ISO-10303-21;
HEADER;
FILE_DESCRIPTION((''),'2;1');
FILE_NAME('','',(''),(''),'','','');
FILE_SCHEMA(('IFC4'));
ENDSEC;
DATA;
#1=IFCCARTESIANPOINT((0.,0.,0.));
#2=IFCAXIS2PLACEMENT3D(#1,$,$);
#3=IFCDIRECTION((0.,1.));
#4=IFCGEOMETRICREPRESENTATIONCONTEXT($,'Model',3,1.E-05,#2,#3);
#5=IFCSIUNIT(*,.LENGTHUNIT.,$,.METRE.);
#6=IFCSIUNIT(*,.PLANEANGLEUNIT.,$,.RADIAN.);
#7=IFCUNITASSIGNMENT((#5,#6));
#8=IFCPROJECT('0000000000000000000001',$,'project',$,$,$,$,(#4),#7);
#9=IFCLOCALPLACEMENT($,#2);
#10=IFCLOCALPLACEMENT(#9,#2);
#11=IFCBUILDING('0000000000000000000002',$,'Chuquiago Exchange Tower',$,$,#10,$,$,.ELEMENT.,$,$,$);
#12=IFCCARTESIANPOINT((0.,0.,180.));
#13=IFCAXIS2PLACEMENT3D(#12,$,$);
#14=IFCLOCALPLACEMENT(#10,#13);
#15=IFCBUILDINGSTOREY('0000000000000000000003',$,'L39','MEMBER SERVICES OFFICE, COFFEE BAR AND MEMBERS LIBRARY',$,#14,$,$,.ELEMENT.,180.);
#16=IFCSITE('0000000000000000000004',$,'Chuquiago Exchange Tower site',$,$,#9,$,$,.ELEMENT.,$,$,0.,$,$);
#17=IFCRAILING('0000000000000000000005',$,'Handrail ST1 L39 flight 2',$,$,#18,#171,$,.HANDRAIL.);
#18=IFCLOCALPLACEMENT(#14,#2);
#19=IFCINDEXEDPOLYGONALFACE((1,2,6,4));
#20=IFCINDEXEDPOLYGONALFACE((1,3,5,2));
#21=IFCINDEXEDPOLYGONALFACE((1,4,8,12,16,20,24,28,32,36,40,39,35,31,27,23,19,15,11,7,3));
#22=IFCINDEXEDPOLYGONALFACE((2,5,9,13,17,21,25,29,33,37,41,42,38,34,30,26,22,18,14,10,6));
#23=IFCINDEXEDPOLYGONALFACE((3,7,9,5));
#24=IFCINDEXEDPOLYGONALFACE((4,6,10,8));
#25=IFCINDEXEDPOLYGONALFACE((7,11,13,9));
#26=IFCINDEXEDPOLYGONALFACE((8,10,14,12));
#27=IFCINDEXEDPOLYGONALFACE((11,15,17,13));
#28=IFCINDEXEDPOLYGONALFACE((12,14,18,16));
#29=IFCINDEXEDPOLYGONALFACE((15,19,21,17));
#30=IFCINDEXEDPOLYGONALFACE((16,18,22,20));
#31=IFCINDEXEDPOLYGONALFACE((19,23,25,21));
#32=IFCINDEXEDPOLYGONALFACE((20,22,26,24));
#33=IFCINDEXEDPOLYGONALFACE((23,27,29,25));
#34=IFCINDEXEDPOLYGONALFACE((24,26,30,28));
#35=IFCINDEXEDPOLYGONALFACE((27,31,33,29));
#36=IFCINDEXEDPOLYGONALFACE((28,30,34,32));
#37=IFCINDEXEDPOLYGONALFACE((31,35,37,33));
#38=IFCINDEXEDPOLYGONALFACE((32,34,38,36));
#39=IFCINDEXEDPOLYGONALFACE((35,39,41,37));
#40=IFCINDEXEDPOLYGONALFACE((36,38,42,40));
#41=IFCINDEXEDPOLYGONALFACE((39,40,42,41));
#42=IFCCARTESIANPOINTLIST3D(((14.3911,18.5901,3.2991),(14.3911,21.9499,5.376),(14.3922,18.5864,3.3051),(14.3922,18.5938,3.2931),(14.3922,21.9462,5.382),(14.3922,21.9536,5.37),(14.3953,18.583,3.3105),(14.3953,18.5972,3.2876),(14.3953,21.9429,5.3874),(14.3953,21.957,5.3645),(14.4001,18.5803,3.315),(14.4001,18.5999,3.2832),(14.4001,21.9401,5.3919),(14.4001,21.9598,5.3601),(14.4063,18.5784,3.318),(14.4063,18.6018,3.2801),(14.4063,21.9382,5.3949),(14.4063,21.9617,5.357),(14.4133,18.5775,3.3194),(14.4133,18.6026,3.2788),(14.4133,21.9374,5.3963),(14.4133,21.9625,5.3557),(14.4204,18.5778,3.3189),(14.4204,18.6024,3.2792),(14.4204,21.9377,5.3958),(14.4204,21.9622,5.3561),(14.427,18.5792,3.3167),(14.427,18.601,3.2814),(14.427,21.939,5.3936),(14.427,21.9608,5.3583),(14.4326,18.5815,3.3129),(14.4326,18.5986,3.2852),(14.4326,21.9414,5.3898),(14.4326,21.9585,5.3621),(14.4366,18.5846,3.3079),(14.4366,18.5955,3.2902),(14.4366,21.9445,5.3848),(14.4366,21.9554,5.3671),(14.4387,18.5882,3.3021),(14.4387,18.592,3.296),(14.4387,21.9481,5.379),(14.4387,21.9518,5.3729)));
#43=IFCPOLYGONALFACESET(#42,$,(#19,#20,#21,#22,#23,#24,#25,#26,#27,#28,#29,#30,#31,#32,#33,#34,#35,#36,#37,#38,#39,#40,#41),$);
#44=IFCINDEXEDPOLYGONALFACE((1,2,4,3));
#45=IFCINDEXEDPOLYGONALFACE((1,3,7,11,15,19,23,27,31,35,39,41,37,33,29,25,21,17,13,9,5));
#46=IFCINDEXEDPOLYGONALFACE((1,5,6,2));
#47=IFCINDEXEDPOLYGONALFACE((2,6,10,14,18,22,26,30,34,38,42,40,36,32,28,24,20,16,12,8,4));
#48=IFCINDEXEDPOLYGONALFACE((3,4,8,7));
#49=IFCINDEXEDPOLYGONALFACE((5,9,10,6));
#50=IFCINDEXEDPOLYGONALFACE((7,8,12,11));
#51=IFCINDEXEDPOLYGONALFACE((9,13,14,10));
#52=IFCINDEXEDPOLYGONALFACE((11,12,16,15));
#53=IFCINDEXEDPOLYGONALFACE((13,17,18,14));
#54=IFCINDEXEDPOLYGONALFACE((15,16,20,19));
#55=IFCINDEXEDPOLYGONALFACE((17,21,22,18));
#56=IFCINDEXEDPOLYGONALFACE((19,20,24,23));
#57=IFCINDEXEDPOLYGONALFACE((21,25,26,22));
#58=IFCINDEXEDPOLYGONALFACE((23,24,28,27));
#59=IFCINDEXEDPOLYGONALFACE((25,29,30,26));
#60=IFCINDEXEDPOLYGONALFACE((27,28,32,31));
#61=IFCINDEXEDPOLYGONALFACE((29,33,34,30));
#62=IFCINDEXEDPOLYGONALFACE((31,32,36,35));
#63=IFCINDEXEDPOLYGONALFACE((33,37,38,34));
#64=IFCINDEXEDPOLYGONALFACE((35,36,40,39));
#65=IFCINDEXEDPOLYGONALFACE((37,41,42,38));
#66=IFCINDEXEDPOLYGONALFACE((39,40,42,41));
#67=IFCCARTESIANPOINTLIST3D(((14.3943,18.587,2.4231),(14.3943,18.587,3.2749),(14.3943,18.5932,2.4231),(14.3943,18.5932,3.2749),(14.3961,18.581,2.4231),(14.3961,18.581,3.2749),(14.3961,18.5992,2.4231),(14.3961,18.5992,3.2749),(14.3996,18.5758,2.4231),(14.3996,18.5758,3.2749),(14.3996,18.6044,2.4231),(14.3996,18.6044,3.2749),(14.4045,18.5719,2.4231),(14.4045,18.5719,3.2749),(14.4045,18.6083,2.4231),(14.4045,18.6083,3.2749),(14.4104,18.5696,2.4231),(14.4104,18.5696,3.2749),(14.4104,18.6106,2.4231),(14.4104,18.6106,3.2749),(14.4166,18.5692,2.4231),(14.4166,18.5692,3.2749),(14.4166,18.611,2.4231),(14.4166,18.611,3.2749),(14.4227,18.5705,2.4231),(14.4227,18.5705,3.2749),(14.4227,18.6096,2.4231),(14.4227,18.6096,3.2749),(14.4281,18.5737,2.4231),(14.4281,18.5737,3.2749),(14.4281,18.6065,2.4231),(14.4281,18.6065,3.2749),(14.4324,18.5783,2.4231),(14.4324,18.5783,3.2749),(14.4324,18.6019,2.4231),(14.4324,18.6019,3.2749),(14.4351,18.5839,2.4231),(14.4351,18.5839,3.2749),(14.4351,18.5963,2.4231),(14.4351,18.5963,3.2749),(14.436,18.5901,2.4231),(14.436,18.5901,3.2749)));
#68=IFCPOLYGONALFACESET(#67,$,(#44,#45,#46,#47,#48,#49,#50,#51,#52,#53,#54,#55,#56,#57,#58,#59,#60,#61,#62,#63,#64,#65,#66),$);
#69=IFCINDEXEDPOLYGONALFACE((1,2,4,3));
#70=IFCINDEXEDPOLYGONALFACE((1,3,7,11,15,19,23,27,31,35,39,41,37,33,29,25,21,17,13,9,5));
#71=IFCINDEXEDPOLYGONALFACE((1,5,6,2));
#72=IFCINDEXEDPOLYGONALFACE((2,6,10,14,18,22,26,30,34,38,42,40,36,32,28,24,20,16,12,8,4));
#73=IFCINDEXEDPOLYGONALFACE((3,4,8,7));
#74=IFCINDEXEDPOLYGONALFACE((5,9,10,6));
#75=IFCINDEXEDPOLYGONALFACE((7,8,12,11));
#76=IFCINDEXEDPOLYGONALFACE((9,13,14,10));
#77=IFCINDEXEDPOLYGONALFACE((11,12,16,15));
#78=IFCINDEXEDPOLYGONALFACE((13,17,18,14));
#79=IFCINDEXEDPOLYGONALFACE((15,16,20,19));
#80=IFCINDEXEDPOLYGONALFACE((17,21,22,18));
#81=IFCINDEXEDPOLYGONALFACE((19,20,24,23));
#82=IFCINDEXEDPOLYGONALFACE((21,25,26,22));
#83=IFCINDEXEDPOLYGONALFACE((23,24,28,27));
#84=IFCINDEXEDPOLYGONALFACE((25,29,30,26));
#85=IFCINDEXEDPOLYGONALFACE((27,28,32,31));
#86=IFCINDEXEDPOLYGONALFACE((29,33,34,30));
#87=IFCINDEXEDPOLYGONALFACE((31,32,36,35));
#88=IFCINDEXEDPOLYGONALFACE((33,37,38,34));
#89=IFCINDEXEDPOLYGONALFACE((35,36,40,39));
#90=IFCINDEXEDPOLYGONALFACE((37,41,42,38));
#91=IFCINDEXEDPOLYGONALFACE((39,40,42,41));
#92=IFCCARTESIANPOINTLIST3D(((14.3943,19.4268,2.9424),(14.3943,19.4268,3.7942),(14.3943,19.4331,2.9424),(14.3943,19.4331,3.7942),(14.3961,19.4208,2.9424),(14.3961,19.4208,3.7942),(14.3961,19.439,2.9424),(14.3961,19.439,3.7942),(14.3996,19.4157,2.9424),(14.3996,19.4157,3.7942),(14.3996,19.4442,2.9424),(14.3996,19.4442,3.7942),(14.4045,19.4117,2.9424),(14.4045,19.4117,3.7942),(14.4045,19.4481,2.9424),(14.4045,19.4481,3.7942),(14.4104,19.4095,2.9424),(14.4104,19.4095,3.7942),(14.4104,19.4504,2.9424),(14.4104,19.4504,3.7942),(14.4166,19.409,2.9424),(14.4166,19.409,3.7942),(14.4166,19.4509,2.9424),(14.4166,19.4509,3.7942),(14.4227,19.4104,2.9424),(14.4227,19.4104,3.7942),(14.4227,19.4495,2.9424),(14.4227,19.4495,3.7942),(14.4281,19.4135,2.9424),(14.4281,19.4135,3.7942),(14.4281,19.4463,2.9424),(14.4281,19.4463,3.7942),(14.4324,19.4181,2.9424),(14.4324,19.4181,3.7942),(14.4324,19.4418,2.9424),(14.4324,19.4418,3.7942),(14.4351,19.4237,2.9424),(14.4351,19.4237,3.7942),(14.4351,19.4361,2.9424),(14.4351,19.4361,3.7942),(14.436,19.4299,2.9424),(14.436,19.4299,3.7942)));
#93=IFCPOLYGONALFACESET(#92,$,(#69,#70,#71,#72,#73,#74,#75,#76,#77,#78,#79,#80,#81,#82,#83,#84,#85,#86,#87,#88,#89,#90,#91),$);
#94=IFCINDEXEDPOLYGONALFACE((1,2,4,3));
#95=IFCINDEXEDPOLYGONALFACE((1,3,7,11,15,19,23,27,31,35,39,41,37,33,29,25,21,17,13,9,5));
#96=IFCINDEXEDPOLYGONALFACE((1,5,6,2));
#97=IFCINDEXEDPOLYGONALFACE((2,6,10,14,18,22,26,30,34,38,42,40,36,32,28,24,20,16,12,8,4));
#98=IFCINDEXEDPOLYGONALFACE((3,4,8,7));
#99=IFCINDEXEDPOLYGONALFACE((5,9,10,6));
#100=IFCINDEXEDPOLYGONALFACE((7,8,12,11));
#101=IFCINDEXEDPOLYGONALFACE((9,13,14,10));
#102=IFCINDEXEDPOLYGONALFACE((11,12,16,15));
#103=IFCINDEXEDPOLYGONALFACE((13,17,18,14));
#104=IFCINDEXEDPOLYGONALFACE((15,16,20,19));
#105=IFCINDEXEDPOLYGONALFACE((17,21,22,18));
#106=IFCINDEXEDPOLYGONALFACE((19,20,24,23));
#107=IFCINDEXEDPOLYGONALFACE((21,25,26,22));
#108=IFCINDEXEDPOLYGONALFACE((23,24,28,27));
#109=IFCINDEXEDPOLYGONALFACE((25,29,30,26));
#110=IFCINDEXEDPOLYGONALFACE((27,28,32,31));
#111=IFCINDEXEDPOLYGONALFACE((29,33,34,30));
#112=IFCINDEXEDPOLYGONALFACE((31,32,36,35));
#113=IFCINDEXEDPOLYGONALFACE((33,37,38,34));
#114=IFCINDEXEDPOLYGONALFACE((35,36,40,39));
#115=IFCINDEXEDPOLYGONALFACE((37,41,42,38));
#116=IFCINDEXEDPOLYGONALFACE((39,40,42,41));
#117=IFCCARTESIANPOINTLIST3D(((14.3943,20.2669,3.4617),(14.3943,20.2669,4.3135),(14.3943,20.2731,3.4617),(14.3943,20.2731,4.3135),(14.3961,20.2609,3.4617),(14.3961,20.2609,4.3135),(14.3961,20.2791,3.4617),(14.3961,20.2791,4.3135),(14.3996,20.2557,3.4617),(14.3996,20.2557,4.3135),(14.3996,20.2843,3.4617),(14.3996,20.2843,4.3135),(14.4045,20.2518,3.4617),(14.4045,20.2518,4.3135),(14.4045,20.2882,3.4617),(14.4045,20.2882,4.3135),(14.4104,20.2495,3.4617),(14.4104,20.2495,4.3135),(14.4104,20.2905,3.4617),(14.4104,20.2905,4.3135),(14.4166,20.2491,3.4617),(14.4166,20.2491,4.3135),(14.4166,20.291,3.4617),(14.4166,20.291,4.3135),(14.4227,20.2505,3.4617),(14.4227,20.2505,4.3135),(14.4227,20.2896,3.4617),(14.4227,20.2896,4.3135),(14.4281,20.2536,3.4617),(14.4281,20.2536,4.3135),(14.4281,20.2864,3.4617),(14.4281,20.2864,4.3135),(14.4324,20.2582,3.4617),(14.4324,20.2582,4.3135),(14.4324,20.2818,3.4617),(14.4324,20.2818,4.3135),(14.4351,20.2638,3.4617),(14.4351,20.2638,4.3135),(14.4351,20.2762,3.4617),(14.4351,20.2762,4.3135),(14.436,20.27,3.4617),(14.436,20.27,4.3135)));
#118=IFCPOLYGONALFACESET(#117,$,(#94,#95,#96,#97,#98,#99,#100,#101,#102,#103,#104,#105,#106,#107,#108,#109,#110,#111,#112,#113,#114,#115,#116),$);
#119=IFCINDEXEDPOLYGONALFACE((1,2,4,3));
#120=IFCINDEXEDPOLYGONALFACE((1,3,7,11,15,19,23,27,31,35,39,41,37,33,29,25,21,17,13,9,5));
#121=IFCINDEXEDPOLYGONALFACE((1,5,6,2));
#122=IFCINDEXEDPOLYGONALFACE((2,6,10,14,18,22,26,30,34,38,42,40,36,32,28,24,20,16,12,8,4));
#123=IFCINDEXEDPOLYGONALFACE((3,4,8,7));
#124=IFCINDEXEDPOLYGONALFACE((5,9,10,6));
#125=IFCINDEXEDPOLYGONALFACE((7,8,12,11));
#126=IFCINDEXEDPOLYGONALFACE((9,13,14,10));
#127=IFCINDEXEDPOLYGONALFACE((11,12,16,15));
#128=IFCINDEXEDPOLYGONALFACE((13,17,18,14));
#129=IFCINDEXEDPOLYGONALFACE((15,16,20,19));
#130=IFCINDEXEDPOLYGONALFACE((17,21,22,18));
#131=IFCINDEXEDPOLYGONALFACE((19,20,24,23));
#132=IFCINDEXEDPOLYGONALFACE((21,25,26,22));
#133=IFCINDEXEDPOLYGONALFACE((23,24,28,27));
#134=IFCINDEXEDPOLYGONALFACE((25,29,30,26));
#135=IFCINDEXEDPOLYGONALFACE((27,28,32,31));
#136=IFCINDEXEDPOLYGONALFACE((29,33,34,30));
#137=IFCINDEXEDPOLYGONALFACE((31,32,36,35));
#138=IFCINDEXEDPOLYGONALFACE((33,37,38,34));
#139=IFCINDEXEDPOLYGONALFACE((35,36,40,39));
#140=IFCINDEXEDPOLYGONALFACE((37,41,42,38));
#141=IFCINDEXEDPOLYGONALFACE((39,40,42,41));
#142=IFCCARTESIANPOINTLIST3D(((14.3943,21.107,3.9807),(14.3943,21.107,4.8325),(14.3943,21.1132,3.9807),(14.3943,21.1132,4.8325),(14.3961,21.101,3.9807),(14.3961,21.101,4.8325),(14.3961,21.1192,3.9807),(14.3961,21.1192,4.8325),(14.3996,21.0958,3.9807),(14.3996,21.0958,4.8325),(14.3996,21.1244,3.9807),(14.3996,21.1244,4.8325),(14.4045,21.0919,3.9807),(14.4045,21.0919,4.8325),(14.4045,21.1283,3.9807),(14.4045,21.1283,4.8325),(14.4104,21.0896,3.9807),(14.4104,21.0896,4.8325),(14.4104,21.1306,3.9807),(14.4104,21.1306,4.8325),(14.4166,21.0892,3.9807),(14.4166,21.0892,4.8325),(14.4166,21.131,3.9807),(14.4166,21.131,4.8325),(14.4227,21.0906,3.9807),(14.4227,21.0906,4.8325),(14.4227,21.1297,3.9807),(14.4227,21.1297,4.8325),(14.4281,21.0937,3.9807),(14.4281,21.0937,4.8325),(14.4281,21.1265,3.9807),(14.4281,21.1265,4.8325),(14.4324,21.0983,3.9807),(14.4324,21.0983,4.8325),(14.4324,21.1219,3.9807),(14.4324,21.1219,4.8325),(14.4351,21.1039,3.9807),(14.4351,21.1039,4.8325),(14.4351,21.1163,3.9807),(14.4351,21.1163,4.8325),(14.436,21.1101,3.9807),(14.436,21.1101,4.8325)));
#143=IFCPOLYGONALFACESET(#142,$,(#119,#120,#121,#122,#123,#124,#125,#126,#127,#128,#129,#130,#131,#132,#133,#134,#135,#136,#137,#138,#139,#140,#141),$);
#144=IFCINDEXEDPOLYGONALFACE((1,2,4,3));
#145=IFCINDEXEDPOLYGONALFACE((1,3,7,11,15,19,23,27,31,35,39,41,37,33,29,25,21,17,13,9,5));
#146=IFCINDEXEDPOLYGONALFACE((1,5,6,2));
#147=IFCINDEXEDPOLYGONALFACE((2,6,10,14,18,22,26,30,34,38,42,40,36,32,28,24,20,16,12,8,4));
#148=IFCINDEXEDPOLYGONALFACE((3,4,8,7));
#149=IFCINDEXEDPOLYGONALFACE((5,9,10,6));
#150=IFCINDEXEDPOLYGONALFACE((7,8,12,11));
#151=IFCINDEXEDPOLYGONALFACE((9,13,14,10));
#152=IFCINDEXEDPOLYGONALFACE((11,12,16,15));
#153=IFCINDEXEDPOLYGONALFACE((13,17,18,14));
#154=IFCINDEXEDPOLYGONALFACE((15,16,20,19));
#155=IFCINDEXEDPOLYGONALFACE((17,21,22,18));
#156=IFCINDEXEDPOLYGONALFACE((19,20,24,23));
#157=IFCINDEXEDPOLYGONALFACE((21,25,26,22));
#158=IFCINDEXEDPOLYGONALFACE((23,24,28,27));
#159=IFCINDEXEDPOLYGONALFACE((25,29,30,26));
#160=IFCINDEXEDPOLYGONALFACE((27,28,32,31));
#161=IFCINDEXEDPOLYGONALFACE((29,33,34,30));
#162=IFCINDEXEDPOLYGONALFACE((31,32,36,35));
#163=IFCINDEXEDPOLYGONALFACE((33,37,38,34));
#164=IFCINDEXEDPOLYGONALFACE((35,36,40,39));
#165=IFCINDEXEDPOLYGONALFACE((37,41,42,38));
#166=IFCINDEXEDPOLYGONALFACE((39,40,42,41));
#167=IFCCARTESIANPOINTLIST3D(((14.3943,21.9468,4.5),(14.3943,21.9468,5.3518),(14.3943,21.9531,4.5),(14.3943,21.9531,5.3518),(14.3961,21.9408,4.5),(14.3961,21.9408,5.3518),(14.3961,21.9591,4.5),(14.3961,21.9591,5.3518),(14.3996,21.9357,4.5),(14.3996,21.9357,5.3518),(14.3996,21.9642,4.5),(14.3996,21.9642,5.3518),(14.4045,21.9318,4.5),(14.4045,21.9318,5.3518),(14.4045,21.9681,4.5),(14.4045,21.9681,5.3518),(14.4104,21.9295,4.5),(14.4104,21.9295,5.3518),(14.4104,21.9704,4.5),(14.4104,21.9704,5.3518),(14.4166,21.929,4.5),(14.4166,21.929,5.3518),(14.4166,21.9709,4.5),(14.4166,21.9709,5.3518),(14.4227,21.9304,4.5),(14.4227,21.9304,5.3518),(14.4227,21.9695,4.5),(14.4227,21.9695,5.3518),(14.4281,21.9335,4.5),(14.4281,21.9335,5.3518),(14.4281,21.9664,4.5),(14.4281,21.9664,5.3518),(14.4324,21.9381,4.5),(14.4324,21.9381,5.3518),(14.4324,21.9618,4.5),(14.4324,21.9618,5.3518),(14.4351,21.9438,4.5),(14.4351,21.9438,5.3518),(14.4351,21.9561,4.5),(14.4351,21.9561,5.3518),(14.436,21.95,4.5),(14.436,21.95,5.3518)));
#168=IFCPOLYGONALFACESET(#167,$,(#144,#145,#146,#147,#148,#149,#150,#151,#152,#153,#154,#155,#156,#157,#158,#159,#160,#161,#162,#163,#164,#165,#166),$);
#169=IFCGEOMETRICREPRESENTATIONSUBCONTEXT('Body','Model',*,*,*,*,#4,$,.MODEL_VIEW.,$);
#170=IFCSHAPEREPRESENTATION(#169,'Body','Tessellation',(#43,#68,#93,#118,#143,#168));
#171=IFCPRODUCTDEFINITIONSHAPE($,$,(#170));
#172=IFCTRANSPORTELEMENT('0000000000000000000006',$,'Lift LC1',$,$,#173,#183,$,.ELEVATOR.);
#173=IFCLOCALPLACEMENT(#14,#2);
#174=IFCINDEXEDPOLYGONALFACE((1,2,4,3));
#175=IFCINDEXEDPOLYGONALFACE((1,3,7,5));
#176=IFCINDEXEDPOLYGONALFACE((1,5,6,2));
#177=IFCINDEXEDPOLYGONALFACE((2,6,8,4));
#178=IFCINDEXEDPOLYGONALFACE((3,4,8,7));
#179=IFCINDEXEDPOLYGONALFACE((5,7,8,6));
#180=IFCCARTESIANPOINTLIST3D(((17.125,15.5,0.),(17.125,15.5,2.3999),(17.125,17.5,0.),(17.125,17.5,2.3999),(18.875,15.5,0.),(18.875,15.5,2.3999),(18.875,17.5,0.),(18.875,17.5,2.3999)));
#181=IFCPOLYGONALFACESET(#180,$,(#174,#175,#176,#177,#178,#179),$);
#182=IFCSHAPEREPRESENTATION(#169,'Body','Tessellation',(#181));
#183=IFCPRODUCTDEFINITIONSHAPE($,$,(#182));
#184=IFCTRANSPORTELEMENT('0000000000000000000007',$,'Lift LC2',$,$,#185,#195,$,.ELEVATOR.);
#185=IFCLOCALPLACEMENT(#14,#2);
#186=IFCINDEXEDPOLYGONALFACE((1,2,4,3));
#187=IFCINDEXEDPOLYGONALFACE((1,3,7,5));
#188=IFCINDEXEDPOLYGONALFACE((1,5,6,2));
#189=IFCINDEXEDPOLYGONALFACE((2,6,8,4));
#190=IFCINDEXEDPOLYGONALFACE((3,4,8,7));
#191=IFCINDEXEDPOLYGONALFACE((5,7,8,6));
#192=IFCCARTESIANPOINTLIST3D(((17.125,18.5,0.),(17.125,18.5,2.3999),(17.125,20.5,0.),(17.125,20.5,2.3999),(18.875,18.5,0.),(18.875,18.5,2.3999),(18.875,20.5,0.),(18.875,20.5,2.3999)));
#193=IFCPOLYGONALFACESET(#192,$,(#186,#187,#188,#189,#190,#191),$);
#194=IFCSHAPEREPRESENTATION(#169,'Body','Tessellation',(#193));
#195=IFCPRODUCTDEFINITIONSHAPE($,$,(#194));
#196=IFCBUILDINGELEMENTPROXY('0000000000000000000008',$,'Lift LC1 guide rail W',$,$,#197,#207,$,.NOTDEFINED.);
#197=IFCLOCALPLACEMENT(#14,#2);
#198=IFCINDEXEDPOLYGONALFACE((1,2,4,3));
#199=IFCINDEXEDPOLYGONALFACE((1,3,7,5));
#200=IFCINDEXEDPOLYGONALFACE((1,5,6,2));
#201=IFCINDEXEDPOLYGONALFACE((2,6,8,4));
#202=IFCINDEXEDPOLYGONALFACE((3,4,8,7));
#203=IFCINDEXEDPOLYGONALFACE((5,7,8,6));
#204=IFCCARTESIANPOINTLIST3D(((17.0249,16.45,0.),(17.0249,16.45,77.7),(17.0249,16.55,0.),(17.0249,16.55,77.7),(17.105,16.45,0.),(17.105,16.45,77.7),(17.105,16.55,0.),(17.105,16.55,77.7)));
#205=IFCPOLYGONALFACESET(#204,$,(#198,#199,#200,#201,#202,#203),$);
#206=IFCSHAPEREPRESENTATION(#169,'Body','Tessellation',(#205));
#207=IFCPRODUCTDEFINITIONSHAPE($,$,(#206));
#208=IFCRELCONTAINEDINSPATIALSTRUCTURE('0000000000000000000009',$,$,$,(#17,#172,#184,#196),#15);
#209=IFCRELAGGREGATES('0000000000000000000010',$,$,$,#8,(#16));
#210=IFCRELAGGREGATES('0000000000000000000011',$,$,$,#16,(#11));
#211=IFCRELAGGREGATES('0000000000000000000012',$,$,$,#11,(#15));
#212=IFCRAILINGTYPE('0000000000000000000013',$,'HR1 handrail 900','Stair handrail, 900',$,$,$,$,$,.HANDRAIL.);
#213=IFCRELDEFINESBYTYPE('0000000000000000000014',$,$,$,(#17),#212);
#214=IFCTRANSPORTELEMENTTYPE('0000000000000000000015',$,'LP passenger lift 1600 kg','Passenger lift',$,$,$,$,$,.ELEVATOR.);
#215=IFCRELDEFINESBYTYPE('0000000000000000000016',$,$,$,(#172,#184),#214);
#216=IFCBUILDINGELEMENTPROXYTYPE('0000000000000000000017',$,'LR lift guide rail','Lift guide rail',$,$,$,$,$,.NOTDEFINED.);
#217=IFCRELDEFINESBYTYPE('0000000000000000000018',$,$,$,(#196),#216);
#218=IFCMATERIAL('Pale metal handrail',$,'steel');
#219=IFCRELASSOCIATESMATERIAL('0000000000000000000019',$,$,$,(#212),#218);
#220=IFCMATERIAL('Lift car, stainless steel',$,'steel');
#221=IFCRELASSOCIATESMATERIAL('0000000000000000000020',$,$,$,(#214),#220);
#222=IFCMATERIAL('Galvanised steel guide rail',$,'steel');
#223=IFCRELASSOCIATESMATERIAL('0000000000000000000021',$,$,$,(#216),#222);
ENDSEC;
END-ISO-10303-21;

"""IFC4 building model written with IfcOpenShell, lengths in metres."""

from ifc_helpers import new_model, si_unit, direction, frame, origin, origin_2d, place, context, subcontext, project, spatial, rectangle, circle, extrude, material, type_object, element, save


model = new_model("IFC4")

# Units and contexts
model_context = context("Model", 3, precision=1e-05, world=origin(), true_north=direction((0.0, 1.0)))
body_context = subcontext(model_context, "Body", "Model", "MODEL_VIEW")
ifc_project = project(units=[si_unit("LENGTHUNIT", "METRE"), si_unit("PLANEANGLEUNIT", "RADIAN")], contexts=[model_context])

# Site, building, storey
site_placement = place(None, origin())
site = spatial("IfcSite", under=ifc_project, at=site_placement, Name="Chuquiago Exchange Tower site", CompositionType="ELEMENT", RefElevation=0.0)
building_placement = place(site_placement, origin())
building = spatial("IfcBuilding", under=site, at=building_placement, Name="Chuquiago Exchange Tower", CompositionType="ELEMENT")
storey_placement = place(building_placement, frame((0.0, 0.0, 180.0)))
storey = spatial("IfcBuildingStorey", under=building, at=storey_placement, Name="L39", Description="MEMBER SERVICES OFFICE, COFFEE BAR AND MEMBERS LIBRARY", CompositionType="ELEMENT", Elevation=180.0)

# Railing
ifc_material_1 = material(Name="Pale metal handrail", Category="steel")
railing_type_1 = type_object("IfcRailingType", Name="HR1 handrail 900", Description="Stair handrail, 900", PredefinedType="HANDRAIL", material=ifc_material_1)
for number, where, name in (
    (1, (14.415, 18.5901, 2.4231), "Handrail ST1 L39 flight 2"),
):
    element("IfcRailing", number, at=place(storey_placement, frame(where)), inside=storey, type_object=railing_type_1, Name=name, PredefinedType="HANDRAIL", context=body_context, shape_type="SweptSolid", body=[
        extrude(circle(Radius=0.0239, at=origin_2d()), frame((0.0, 0.0, 0.876), z_axis=(0.0, 0.850606, 0.525803), x_axis=(-1.0, 0.0, 0.0)), (0.0, 0.0, 1.0), 3.95),
        extrude(circle(Radius=0.021, at=origin_2d()), origin(), (0.0, 0.0, 1.0), 0.8518),
        extrude(circle(Radius=0.021, at=origin_2d()), frame((0.0, 0.8398, 0.5193)), (0.0, 0.0, 1.0), 0.8518),
        extrude(circle(Radius=0.021, at=origin_2d()), frame((0.0, 1.6799, 1.0386)), (0.0, 0.0, 1.0), 0.8518),
        extrude(circle(Radius=0.021, at=origin_2d()), frame((0.0, 2.52, 1.5576)), (0.0, 0.0, 1.0), 0.8518),
        extrude(circle(Radius=0.021, at=origin_2d()), frame((0.0, 3.3599, 2.0769)), (0.0, 0.0, 1.0), 0.8518),
    ])

# Transport elements
ifc_material_2 = material(Name="Lift car, stainless steel", Category="steel")
transport_element_type = type_object("IfcTransportElementType", Name="LP passenger lift 1600 kg", Description="Passenger lift", PredefinedType="ELEVATOR", material=ifc_material_2)
for number, where, z_axis, x_axis, name in (
    (2, (18.0, 16.5, 0.0), (0.0, 0.0, 1.0), (1.0, 0.0, 0.0), "Lift LC1"),
    (3, (18.0, 19.5, 0.0), (0.0, 0.0, 1.0), (1.0, 0.0, 0.0), "Lift LC2"),
):
    element("IfcTransportElement", number, at=place(storey_placement, frame(where, z_axis=z_axis, x_axis=x_axis)), inside=storey, type_object=transport_element_type, Name=name, PredefinedType="ELEVATOR", context=body_context, shape_type="SweptSolid", body=[
        extrude(rectangle(XDim=1.75, YDim=2.0, at=origin_2d()), origin(), (0.0, 0.0, 1.0), 2.3999),
    ])

# Building element proxy
ifc_material_3 = material(Name="Galvanised steel guide rail", Category="steel")
building_element_proxy_type = type_object("IfcBuildingElementProxyType", Name="LR lift guide rail", Description="Lift guide rail", PredefinedType="NOTDEFINED", material=ifc_material_3)
for number, where, z_axis, x_axis, name in (
    (4, (17.0649, 16.5, 0.0), (0.0, 0.0, 1.0), (1.0, 0.0, 0.0), "Lift LC1 guide rail W"),
):
    element("IfcBuildingElementProxy", number, at=place(storey_placement, frame(where, z_axis=z_axis, x_axis=x_axis)), inside=storey, type_object=building_element_proxy_type, Name=name, PredefinedType="NOTDEFINED", context=body_context, shape_type="SweptSolid", body=[
        extrude(rectangle(XDim=0.0801, YDim=0.1001, at=origin_2d()), origin(), (0.0, 0.0, 1.0), 77.7),
    ])

save(model, "model.ifc")
